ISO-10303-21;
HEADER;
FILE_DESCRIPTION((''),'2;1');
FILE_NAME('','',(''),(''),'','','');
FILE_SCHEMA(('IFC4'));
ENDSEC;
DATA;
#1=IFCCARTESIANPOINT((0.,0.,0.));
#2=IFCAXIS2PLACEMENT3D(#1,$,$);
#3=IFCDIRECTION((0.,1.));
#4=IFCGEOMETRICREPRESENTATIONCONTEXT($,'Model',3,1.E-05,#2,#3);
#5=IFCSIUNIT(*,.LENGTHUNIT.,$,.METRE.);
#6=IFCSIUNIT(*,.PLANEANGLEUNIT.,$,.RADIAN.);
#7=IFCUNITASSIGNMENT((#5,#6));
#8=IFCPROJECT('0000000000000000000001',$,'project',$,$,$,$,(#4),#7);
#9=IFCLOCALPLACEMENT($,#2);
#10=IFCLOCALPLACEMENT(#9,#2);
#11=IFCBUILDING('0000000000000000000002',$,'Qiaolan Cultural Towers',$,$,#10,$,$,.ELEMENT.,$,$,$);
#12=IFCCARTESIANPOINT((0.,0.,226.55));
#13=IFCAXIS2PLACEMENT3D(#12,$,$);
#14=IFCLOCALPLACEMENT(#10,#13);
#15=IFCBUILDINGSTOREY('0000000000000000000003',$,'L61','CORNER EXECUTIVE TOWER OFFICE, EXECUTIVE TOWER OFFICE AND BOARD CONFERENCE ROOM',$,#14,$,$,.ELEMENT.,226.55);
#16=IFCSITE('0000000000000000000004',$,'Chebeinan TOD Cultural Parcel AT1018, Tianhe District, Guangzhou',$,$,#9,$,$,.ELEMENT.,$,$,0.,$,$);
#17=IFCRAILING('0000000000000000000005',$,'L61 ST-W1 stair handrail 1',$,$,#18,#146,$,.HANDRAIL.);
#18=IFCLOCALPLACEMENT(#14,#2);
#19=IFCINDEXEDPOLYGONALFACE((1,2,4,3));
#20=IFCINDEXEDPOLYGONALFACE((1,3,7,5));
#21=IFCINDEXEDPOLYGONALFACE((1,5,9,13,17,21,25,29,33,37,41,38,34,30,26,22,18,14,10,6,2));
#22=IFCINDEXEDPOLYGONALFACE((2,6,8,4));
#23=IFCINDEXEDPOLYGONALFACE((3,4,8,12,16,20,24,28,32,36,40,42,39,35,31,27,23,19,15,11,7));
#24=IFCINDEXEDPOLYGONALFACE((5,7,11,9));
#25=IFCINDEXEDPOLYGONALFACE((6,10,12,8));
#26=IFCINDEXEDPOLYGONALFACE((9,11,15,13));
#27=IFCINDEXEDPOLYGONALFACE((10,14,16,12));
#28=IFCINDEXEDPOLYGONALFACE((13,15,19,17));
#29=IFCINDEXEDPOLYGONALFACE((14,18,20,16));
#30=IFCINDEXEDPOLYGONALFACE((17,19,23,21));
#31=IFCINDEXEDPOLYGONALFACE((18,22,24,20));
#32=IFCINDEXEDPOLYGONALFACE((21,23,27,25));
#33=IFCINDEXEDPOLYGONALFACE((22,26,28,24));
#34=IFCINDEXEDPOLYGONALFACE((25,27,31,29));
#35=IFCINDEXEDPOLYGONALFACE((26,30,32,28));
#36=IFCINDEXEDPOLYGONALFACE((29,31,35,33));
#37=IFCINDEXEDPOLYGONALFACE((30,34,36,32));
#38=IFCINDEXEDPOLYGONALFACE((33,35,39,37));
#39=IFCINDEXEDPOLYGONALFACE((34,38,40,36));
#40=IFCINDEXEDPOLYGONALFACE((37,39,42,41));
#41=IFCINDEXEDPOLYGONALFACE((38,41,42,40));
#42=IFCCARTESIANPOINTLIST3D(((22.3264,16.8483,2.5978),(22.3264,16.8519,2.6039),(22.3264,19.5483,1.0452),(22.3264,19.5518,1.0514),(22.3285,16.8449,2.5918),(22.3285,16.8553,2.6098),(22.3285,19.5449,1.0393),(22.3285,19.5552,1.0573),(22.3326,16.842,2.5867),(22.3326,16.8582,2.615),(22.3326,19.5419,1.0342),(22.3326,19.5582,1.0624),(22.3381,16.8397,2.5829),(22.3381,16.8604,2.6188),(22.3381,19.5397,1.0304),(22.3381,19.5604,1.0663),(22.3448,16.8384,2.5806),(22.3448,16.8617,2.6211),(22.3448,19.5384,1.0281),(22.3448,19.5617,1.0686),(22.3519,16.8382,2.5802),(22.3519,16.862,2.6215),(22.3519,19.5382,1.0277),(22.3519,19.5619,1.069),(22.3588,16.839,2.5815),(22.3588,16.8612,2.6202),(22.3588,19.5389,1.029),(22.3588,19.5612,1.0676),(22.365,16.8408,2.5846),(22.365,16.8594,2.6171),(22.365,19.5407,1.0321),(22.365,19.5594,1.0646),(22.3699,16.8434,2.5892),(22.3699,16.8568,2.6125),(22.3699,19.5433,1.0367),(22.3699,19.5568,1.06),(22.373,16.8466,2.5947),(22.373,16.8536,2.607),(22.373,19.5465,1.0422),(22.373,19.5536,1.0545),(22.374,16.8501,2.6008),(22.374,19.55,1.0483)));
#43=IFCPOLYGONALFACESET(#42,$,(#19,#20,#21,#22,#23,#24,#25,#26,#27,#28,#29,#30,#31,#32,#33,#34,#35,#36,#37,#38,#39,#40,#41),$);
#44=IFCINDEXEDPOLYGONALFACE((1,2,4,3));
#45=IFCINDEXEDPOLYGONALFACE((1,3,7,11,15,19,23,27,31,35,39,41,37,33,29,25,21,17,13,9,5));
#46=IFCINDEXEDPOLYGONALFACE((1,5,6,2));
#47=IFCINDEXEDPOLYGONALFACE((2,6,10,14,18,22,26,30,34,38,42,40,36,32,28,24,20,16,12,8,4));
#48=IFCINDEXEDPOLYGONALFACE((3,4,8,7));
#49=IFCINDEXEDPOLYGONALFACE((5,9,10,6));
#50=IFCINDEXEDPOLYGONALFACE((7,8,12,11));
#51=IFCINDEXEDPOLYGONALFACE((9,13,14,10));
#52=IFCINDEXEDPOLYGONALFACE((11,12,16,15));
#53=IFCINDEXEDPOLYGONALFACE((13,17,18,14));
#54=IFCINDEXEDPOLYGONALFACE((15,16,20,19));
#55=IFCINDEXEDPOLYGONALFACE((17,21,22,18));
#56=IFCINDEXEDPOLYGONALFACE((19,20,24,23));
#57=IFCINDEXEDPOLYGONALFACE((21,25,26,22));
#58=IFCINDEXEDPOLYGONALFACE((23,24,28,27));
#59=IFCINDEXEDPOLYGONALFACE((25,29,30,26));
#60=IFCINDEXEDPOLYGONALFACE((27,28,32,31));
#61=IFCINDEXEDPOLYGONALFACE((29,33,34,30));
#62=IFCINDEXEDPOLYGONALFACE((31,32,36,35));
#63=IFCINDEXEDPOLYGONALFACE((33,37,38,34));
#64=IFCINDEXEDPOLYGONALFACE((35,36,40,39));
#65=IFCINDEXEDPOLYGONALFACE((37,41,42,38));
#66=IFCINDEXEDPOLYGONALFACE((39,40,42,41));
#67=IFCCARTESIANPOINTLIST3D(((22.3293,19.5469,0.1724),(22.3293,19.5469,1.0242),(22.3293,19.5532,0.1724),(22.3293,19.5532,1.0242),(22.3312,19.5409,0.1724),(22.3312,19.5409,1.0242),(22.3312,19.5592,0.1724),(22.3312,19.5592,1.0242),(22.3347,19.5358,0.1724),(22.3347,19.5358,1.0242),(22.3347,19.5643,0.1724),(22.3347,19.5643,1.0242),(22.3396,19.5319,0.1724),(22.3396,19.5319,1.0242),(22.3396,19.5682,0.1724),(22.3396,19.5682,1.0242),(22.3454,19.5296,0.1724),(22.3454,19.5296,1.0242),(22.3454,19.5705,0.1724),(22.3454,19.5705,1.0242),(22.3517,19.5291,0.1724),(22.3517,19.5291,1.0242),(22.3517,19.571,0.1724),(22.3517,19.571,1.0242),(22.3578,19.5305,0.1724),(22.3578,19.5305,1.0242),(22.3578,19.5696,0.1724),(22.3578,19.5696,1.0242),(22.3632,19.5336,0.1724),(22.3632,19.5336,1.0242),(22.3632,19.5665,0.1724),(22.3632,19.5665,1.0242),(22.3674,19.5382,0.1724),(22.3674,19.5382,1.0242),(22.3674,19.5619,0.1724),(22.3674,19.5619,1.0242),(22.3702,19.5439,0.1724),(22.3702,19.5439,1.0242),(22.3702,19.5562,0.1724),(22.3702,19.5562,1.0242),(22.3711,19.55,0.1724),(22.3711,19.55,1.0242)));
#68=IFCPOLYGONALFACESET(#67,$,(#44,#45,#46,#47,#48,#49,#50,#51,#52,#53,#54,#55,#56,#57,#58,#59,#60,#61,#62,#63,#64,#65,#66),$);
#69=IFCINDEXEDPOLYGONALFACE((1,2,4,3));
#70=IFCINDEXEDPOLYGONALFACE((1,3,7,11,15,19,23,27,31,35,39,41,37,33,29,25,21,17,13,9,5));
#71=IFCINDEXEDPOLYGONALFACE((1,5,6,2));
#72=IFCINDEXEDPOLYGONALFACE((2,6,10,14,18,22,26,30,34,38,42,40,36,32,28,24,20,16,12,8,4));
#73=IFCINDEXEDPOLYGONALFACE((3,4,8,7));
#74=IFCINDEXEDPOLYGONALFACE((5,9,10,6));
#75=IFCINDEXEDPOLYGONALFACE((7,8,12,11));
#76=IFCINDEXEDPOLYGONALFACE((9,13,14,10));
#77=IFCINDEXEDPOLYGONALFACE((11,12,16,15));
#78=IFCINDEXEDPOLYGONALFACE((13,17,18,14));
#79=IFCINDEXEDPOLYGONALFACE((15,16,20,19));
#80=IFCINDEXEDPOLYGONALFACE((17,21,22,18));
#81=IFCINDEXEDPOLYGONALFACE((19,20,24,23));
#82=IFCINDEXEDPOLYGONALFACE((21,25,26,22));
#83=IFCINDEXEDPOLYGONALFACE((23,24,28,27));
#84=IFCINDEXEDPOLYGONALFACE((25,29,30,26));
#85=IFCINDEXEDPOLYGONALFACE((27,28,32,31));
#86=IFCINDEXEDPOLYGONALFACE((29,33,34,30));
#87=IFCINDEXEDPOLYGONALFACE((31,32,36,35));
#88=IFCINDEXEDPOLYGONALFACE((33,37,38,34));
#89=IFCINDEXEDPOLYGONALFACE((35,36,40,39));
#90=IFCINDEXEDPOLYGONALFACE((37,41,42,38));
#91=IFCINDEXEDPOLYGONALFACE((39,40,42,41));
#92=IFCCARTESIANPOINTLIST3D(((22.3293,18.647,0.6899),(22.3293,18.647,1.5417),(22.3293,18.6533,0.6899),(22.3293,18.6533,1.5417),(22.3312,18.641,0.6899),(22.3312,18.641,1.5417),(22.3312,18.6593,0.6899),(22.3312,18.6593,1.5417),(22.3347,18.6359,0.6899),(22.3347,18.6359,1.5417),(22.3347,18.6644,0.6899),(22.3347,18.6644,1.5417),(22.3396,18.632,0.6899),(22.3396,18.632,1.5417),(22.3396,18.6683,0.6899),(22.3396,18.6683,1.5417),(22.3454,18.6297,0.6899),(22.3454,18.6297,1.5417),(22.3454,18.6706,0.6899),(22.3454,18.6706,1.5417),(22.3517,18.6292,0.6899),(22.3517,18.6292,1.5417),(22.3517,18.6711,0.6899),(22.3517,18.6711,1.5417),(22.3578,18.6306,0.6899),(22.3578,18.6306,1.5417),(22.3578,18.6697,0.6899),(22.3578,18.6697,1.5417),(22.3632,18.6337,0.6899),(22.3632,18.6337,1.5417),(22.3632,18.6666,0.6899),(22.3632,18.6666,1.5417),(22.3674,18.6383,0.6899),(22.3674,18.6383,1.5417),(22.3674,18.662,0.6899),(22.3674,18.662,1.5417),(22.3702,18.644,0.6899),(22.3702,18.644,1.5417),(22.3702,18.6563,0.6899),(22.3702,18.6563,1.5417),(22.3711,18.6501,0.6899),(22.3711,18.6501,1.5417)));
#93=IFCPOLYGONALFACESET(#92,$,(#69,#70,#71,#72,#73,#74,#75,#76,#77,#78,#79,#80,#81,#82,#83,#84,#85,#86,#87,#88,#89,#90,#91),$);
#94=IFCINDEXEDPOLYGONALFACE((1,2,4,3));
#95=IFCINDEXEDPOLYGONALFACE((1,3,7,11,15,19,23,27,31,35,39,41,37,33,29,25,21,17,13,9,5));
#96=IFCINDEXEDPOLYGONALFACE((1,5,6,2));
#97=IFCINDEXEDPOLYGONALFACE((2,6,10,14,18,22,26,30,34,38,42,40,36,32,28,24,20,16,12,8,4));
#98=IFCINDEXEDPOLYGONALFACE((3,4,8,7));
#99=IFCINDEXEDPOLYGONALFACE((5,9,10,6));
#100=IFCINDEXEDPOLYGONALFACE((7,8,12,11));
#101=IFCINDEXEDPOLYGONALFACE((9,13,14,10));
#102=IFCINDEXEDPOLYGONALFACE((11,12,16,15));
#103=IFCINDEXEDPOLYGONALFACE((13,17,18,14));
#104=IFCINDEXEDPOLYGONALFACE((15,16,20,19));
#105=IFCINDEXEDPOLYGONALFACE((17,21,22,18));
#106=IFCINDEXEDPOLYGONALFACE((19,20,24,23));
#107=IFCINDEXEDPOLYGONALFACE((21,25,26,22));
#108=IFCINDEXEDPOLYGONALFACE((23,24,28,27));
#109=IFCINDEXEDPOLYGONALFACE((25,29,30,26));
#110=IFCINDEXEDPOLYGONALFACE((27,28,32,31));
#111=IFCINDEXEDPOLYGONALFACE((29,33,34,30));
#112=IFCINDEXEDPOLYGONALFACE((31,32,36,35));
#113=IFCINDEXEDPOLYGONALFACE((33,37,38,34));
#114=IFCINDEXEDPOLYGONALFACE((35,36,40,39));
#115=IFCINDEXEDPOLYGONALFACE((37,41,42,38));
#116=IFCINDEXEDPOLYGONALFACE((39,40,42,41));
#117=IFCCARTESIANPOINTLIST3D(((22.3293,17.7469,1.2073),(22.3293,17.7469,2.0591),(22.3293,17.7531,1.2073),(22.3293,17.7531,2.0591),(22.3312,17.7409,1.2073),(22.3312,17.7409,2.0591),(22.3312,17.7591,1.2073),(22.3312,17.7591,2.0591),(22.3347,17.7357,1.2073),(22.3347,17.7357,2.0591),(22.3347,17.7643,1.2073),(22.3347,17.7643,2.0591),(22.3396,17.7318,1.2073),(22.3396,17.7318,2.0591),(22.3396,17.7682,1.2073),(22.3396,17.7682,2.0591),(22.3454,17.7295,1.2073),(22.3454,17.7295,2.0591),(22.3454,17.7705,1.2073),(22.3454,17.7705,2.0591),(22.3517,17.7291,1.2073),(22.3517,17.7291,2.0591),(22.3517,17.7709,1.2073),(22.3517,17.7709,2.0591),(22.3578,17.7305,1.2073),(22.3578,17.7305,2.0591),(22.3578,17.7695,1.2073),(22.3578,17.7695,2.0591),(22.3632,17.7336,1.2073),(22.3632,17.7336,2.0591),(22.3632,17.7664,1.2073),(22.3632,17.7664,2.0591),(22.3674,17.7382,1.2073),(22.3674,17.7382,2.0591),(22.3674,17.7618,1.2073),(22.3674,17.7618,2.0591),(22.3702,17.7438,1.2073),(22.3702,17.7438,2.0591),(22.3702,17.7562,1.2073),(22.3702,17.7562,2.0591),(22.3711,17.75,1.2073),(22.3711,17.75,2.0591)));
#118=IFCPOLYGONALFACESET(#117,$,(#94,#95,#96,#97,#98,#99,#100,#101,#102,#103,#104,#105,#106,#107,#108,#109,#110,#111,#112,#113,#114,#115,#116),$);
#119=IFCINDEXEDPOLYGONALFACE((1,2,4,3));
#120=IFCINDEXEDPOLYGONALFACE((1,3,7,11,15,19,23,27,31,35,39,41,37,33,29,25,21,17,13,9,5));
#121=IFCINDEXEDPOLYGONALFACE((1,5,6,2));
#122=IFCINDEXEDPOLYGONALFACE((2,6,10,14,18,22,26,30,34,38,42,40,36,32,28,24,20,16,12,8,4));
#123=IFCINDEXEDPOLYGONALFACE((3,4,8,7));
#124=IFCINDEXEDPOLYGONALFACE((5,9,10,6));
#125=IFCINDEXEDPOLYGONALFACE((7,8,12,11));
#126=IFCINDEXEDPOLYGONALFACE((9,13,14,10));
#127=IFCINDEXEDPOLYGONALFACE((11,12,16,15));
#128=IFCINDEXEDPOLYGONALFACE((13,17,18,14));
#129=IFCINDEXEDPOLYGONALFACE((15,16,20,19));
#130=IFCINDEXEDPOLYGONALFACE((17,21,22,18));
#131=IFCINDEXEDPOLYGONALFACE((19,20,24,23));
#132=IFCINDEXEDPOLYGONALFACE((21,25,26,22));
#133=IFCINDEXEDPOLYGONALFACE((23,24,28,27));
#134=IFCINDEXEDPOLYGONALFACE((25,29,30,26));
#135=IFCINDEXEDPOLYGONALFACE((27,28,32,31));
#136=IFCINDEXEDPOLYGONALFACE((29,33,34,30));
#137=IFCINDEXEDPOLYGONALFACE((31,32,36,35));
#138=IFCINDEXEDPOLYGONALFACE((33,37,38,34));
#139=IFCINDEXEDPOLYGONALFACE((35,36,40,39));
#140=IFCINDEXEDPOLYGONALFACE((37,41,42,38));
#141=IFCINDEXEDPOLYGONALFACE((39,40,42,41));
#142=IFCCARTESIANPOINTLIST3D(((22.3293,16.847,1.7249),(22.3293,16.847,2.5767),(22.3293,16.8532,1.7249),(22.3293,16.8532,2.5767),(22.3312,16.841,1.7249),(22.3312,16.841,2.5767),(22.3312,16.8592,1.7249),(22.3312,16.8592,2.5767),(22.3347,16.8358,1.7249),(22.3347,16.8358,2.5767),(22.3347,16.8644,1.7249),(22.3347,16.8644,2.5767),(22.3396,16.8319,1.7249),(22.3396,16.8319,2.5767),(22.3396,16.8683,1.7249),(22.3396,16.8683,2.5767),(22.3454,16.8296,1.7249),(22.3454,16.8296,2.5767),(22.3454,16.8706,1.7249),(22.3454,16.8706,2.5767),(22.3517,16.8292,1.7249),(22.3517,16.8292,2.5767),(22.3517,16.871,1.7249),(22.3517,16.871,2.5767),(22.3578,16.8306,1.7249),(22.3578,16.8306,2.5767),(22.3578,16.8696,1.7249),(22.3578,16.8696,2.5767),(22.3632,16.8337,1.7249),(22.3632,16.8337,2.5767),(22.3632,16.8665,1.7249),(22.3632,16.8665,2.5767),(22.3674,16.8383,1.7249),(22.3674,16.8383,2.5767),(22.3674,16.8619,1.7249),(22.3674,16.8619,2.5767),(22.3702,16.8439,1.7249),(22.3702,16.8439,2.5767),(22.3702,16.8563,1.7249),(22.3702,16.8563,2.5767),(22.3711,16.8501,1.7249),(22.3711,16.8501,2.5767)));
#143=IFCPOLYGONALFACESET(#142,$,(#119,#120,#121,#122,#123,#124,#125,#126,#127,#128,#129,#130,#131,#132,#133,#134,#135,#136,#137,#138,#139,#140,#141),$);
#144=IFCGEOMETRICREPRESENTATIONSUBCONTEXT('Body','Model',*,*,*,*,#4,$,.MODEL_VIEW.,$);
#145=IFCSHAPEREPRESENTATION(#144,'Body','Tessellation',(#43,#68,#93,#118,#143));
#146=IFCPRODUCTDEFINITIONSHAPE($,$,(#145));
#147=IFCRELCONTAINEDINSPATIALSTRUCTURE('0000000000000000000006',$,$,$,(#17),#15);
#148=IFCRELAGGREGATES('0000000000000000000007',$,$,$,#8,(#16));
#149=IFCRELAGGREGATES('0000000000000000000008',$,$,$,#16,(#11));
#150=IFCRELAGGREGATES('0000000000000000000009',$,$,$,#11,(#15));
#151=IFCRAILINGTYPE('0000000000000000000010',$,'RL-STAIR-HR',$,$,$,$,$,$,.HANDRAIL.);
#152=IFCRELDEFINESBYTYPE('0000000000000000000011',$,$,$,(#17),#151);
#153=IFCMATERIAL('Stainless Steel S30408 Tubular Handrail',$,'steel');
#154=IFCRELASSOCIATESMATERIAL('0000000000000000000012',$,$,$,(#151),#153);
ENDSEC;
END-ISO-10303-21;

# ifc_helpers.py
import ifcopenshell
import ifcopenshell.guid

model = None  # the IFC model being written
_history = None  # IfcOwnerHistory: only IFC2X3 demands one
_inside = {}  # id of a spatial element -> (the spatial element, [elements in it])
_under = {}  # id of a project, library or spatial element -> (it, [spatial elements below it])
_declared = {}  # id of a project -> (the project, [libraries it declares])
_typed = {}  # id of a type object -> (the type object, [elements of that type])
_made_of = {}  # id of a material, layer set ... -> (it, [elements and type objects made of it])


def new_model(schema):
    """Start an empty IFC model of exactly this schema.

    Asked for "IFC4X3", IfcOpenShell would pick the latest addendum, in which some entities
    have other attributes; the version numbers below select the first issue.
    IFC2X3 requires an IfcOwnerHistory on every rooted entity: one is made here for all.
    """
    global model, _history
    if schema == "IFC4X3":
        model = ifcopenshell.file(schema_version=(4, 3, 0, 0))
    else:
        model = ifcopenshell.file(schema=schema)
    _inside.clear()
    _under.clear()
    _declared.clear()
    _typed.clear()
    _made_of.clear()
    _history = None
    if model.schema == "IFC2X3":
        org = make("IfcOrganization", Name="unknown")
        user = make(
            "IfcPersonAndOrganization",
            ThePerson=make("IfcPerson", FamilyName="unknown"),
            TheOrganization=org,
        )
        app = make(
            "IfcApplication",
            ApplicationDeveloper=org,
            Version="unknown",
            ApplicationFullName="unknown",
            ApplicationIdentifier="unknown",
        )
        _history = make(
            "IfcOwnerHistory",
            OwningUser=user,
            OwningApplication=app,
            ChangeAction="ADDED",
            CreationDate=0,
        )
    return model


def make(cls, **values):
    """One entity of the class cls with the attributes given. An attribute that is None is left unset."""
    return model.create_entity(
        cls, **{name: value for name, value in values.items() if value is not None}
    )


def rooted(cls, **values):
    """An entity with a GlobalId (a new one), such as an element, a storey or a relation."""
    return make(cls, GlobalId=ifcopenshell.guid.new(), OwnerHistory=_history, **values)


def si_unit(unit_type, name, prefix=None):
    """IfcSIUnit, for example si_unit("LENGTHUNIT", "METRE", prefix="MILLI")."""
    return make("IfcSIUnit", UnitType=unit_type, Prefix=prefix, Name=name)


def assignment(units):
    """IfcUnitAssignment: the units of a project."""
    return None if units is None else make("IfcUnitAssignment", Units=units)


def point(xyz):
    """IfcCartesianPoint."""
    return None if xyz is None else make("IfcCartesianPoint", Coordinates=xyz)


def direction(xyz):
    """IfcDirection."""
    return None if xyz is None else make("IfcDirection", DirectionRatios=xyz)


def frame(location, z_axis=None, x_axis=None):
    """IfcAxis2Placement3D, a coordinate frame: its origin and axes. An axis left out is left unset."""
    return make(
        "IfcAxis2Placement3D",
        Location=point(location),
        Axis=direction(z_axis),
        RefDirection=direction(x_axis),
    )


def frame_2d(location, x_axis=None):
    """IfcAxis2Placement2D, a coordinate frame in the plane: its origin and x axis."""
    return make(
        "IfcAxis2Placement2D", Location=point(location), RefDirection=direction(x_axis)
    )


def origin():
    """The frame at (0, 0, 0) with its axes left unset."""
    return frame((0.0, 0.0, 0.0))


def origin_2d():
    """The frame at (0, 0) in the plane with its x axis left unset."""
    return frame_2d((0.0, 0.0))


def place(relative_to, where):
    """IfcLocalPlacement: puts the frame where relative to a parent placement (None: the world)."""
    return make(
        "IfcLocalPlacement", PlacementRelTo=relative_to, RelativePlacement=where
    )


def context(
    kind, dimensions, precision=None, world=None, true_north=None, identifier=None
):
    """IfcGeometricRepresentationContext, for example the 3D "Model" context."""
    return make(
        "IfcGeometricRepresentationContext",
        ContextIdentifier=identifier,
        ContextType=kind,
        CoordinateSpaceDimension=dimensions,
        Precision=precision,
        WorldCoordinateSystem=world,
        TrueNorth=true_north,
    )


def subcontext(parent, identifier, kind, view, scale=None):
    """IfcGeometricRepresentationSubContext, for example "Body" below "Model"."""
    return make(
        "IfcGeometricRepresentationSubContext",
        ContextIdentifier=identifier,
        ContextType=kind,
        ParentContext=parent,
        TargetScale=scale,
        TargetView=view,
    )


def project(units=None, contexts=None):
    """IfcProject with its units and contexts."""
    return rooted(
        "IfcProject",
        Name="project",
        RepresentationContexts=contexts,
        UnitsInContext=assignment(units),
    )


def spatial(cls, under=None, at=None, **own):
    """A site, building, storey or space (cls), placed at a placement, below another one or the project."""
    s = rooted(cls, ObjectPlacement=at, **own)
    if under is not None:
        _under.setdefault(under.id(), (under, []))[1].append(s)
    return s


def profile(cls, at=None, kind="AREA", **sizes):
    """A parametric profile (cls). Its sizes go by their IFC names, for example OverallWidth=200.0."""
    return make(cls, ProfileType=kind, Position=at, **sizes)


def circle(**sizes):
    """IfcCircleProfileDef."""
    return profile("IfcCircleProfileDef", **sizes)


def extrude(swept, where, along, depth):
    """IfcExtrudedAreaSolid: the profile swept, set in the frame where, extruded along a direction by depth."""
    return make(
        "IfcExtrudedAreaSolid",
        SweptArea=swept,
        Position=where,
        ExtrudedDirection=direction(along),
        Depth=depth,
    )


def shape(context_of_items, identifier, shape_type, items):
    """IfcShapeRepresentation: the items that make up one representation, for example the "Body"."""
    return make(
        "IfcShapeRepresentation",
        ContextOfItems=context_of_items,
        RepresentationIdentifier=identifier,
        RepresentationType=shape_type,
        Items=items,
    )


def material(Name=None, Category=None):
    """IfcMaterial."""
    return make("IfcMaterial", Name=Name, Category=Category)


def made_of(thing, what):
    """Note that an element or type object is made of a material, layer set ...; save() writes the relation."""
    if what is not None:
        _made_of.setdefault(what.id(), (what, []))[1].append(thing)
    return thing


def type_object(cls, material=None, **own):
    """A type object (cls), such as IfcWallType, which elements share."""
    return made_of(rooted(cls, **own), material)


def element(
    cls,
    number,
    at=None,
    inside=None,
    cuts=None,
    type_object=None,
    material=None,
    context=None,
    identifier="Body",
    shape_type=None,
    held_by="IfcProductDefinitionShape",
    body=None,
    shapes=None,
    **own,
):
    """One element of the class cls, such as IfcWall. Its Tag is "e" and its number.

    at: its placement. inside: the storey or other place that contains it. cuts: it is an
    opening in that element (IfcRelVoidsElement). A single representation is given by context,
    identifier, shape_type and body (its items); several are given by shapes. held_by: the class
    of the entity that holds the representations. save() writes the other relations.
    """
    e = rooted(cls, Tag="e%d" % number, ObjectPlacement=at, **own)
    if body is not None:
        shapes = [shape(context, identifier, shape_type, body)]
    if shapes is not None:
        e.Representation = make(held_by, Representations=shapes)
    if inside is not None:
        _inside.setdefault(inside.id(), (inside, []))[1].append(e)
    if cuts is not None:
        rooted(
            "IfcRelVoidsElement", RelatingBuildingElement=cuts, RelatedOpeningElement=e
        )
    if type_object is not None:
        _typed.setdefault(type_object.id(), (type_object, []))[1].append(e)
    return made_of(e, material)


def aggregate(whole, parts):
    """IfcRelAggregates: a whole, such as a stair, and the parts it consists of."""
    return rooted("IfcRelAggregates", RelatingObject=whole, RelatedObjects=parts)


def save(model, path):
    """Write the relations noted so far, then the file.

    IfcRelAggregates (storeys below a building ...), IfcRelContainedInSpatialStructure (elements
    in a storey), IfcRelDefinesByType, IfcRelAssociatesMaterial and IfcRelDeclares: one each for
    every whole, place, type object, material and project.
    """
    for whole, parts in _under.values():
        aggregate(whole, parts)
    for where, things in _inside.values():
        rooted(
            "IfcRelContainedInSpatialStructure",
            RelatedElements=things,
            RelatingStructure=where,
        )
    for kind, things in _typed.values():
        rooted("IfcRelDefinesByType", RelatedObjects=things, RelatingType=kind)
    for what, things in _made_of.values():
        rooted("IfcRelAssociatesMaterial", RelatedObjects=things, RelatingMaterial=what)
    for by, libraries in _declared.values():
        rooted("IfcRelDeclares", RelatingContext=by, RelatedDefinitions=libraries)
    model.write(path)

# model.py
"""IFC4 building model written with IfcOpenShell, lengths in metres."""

from ifc_helpers import new_model, si_unit, direction, frame, origin, origin_2d, place, context, subcontext, project, spatial, circle, extrude, material, type_object, element, save


model = new_model("IFC4")

# Units and contexts
model_context = context("Model", 3, precision=1e-05, world=origin(), true_north=direction((0.0, 1.0)))
body_context = subcontext(model_context, "Body", "Model", "MODEL_VIEW")
ifc_project = project(units=[si_unit("LENGTHUNIT", "METRE"), si_unit("PLANEANGLEUNIT", "RADIAN")], contexts=[model_context])

# Site, building, storey
site_placement = place(None, origin())
site = spatial("IfcSite", under=ifc_project, at=site_placement, Name="Chebeinan TOD Cultural Parcel AT1018, Tianhe District, Guangzhou", CompositionType="ELEMENT", RefElevation=0.0)
building_placement = place(site_placement, origin())
building = spatial("IfcBuilding", under=site, at=building_placement, Name="Qiaolan Cultural Towers", CompositionType="ELEMENT")
storey_placement = place(building_placement, frame((0.0, 0.0, 226.55)))
storey = spatial("IfcBuildingStorey", under=building, at=storey_placement, Name="L61", Description="CORNER EXECUTIVE TOWER OFFICE, EXECUTIVE TOWER OFFICE AND BOARD CONFERENCE ROOM", CompositionType="ELEMENT", Elevation=226.55)

# Railing
ifc_material_1 = material(Name="Stainless Steel S30408 Tubular Handrail", Category="steel")
railing_type_1 = type_object("IfcRailingType", Name="RL-STAIR-HR", PredefinedType="HANDRAIL", material=ifc_material_1)
railing_1_placement = place(storey_placement, frame((22.3501, 19.55, 0.1724)))
element("IfcRailing", 1, at=railing_1_placement, inside=storey, type_object=railing_type_1, Name="L61 ST-W1 stair handrail 1", PredefinedType="HANDRAIL", context=body_context, shape_type="SweptSolid", body=[
    extrude(circle(Radius=0.0239, at=origin_2d()), frame((0.0, 0.0, 0.876), z_axis=(0.0, -0.866904, 0.498476), x_axis=(1.0, 0.0, 0.0)), (0.0, 0.0, 1.0), 3.1145),
    extrude(circle(Radius=0.021, at=origin_2d()), origin(), (0.0, 0.0, 1.0), 0.8518),
    extrude(circle(Radius=0.021, at=origin_2d()), frame((0.0, -0.8999, 0.5176)), (0.0, 0.0, 1.0), 0.8518),
    extrude(circle(Radius=0.021, at=origin_2d()), frame((0.0, -1.8, 1.0349)), (0.0, 0.0, 1.0), 0.8518),
    extrude(circle(Radius=0.021, at=origin_2d()), frame((0.0, -2.7, 1.5525)), (0.0, 0.0, 1.0), 0.8518),
])

save(model, "model.ifc")
